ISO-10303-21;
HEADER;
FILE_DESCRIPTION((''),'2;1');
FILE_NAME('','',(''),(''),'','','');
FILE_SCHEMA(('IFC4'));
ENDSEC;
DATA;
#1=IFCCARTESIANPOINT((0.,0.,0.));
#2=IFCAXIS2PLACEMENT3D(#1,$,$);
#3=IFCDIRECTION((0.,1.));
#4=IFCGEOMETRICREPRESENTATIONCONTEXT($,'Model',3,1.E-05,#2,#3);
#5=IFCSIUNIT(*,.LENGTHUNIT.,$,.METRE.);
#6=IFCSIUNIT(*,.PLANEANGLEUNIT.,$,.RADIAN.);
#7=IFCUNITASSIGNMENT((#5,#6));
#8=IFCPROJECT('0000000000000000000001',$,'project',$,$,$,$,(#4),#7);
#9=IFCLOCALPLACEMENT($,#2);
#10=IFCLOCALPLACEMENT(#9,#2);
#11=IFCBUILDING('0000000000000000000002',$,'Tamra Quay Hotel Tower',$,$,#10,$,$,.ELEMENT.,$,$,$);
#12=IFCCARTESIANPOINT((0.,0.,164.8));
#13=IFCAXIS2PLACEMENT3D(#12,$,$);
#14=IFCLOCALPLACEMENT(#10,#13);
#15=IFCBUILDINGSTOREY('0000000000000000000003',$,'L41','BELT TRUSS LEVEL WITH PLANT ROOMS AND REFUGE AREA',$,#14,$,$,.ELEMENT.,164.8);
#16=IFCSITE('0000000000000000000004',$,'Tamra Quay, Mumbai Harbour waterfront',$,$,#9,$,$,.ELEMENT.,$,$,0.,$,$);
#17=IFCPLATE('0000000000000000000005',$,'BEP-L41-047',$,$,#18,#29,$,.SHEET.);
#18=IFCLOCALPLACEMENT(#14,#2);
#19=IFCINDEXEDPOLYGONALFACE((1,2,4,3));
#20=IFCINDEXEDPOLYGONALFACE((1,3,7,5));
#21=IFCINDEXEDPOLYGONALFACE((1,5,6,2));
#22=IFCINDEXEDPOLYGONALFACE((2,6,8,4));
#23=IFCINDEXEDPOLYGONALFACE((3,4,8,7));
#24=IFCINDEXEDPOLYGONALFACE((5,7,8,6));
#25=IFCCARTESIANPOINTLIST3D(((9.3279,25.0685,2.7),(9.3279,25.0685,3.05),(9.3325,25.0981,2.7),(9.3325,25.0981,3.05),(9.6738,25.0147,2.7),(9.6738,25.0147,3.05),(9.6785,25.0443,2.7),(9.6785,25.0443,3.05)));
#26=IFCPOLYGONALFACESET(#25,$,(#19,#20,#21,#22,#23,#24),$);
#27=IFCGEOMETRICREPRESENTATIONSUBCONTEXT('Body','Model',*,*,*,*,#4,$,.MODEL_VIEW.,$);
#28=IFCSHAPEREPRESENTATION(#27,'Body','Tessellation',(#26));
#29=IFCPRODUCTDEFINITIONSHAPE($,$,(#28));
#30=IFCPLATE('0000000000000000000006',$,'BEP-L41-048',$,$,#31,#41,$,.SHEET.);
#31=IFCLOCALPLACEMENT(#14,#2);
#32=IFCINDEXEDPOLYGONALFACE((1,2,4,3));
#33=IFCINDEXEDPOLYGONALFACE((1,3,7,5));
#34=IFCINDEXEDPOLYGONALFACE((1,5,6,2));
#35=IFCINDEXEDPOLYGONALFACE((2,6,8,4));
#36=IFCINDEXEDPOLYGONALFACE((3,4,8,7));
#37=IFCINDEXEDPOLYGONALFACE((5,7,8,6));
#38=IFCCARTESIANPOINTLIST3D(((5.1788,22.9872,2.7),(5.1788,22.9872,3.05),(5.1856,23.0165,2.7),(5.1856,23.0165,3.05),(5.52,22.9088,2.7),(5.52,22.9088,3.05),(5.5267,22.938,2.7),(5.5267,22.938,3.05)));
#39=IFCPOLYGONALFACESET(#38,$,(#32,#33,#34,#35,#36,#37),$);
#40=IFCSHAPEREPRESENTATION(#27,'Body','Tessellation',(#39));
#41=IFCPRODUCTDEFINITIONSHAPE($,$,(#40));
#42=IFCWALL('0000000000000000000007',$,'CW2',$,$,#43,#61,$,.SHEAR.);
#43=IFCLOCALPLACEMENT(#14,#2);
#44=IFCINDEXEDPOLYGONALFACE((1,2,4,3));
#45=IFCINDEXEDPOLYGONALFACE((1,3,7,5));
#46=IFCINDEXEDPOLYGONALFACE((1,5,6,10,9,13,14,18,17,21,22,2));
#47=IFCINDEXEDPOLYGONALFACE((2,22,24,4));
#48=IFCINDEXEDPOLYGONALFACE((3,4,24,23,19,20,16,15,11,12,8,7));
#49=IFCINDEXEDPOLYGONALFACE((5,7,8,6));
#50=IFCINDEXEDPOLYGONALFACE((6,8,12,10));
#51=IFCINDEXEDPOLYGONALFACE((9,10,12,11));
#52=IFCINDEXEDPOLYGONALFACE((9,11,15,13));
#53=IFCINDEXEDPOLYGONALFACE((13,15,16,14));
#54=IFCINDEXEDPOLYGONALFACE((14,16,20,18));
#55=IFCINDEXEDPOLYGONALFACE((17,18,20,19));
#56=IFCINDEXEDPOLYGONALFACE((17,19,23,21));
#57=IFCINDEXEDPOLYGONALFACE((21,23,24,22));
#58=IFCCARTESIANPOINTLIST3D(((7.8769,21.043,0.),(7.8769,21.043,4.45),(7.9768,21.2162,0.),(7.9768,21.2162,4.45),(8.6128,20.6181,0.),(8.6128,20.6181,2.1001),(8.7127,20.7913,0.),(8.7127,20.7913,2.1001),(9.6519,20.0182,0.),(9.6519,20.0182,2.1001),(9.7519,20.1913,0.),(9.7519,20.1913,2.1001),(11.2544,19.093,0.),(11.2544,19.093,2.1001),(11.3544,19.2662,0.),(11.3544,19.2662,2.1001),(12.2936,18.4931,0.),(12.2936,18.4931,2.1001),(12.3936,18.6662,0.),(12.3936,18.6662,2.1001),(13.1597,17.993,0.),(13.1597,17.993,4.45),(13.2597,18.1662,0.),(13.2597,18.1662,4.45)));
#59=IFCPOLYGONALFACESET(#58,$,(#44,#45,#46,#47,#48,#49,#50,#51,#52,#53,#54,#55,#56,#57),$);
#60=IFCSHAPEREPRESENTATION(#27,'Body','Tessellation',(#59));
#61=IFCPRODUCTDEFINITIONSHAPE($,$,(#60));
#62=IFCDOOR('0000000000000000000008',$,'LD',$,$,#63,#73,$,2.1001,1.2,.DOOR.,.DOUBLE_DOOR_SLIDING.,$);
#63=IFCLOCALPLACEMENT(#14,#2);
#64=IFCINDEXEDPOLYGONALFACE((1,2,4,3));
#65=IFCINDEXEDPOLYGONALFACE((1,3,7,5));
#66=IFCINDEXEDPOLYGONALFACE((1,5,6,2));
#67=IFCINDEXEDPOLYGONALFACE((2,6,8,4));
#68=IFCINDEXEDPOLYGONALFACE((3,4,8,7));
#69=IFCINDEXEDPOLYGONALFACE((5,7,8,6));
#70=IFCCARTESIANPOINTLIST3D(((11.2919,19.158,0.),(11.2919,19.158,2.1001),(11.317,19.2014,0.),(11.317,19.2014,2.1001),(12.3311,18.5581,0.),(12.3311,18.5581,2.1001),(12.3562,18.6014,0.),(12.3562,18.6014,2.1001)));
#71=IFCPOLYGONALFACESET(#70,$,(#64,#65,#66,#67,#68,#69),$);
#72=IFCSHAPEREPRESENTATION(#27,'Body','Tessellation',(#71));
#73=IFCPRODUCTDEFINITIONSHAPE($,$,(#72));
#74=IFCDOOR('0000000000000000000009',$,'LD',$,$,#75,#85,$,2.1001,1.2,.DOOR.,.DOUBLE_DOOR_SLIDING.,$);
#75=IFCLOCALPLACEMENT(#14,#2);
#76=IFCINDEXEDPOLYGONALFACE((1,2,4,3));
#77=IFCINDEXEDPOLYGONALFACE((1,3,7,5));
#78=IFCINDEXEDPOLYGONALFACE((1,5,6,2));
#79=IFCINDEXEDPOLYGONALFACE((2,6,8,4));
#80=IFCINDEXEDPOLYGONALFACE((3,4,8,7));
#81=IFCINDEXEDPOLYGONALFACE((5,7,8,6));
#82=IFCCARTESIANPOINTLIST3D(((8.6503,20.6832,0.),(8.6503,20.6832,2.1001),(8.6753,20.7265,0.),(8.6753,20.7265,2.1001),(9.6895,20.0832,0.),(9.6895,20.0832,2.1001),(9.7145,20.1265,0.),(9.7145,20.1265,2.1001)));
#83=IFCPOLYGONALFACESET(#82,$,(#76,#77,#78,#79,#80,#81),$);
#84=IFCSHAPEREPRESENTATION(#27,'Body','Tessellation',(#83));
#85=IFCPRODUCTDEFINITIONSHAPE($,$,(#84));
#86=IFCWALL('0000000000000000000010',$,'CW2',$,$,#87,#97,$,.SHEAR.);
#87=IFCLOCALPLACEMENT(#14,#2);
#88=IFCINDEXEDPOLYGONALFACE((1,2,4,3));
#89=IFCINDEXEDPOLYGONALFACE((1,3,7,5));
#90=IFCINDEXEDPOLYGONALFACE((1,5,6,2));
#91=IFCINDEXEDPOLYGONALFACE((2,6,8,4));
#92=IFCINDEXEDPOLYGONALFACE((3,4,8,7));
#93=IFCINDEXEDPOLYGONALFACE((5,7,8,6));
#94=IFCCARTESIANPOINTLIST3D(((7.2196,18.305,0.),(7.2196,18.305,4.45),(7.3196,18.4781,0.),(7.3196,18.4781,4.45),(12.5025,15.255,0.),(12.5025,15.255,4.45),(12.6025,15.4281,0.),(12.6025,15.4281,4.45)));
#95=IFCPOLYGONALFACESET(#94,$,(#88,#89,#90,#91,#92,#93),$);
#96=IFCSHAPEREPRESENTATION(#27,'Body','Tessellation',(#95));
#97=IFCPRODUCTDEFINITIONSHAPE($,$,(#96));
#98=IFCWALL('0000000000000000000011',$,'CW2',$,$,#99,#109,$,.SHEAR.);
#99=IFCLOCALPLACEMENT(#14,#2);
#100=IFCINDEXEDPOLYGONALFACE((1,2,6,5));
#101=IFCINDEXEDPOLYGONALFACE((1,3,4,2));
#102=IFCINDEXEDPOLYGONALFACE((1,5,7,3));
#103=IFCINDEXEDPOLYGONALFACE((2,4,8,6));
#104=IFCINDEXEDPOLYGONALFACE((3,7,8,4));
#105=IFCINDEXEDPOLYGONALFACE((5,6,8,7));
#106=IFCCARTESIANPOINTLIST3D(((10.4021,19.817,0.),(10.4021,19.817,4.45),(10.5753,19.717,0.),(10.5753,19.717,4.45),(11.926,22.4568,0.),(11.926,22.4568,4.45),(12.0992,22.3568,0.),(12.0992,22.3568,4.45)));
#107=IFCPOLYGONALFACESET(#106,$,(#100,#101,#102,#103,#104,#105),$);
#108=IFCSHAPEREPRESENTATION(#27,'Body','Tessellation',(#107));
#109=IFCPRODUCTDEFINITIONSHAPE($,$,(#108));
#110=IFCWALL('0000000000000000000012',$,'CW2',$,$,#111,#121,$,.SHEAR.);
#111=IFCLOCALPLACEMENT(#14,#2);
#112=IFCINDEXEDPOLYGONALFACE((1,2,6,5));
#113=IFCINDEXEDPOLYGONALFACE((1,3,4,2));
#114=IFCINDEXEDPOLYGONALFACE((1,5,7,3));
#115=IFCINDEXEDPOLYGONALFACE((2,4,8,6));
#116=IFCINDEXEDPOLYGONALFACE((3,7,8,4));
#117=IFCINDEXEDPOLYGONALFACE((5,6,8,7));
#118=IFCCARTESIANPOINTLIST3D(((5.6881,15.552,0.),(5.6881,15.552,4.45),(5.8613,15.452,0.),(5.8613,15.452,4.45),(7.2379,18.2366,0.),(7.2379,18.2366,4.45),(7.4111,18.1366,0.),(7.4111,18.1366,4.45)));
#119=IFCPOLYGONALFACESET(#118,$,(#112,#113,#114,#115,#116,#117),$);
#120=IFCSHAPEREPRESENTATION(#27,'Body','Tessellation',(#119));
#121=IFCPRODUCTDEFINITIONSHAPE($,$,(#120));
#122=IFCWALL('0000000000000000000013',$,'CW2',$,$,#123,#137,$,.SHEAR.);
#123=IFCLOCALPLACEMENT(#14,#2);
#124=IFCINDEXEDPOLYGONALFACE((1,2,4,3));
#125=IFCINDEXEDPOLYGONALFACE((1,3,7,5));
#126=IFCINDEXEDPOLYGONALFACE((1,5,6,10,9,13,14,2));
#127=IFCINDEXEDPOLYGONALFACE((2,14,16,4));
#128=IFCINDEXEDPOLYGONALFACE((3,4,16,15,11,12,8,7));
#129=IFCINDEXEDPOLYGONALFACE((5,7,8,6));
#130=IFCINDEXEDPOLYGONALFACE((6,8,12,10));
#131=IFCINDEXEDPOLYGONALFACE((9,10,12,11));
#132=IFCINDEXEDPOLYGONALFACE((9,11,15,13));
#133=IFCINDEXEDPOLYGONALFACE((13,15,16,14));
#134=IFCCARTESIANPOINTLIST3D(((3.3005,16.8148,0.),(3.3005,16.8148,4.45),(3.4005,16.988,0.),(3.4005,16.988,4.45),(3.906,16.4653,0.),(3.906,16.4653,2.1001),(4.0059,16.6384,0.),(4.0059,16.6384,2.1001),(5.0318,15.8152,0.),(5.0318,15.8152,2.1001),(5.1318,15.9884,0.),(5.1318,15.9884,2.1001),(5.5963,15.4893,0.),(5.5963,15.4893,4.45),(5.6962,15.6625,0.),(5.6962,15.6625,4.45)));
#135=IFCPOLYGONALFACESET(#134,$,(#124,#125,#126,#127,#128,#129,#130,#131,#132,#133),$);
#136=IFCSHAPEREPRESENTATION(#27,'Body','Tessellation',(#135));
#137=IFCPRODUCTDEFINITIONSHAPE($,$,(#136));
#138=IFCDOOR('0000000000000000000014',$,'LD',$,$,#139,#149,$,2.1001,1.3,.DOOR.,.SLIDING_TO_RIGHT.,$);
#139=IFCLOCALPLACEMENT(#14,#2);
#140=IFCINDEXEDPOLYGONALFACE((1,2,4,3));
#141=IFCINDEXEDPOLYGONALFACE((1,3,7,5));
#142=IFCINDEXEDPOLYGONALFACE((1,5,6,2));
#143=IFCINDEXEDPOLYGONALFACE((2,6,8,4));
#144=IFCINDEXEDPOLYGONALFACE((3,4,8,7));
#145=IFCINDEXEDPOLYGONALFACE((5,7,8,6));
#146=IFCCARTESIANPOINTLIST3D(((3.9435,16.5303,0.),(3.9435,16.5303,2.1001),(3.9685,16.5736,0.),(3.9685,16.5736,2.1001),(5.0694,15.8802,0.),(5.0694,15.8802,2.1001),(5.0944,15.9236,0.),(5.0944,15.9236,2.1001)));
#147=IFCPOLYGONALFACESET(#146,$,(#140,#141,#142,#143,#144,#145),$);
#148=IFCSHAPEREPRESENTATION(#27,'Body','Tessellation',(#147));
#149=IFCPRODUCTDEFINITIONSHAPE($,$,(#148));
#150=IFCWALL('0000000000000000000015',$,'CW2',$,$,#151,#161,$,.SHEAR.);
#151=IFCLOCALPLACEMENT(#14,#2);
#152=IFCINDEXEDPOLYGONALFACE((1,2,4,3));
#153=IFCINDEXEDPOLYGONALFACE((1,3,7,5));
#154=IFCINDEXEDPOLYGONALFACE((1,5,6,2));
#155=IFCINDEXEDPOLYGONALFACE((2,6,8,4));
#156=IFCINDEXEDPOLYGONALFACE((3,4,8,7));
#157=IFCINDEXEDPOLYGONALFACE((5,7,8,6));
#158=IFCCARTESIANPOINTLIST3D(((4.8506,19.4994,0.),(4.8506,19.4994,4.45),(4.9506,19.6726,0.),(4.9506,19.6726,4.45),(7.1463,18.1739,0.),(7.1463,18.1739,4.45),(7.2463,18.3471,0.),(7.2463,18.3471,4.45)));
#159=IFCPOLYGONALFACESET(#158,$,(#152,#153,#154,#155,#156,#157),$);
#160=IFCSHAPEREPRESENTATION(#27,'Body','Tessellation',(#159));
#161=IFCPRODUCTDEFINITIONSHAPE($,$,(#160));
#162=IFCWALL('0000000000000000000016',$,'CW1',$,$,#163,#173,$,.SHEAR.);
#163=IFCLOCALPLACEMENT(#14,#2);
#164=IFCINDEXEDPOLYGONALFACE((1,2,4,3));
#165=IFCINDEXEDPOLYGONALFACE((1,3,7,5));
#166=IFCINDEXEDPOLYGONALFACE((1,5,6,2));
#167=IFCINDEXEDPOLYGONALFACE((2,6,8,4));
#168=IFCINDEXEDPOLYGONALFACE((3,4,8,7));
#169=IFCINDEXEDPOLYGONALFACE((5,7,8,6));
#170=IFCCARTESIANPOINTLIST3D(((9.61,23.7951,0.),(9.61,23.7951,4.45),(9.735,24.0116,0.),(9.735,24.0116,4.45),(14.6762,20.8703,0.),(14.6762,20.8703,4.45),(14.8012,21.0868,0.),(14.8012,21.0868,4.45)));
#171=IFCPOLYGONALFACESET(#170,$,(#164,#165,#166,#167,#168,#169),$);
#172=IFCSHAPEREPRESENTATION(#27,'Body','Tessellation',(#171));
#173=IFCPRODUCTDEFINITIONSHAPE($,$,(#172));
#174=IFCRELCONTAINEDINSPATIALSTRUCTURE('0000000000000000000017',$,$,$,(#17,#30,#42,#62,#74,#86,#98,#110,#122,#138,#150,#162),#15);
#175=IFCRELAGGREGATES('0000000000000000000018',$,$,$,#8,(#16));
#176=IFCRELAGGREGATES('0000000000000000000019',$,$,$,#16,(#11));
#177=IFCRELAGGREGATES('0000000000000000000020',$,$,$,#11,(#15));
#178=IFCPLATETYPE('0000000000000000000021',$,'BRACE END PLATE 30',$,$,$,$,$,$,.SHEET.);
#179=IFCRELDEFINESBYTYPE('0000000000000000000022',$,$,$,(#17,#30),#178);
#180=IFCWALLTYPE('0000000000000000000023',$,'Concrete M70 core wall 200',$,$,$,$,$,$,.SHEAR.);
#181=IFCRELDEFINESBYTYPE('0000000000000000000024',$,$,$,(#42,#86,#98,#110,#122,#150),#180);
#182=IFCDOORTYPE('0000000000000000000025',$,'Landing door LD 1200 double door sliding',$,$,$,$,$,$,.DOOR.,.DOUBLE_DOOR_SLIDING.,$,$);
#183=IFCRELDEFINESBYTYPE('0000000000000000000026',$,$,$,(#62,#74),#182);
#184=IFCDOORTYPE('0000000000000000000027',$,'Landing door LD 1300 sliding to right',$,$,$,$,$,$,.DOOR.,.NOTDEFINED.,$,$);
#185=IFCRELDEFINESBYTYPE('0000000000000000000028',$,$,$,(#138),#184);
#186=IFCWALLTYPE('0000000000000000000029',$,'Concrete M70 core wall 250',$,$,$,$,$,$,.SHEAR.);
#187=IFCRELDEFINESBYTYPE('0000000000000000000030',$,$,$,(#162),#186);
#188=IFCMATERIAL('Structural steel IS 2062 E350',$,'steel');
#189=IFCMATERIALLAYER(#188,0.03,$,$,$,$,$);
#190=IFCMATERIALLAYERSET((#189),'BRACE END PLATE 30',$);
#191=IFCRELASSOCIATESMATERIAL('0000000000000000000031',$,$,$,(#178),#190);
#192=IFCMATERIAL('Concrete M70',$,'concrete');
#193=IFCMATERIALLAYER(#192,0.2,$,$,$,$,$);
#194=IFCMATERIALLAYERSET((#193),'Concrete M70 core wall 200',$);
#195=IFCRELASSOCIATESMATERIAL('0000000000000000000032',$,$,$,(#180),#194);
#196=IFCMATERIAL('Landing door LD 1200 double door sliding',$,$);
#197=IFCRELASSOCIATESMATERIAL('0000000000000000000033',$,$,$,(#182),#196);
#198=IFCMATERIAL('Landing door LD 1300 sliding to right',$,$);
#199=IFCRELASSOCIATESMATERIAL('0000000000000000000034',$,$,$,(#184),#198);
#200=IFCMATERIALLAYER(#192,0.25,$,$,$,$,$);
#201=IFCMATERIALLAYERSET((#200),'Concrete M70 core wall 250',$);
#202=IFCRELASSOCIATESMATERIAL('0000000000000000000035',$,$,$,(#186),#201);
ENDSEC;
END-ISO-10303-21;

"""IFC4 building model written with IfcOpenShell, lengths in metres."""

from ifc_helpers import new_model, si_unit, direction, frame, frame_2d, origin, origin_2d, place, context, subcontext, project, spatial, rectangle, extrude, material, layer, layer_set, type_object, element, fill, save


model = new_model("IFC4")

# Units and contexts
model_context = context("Model", 3, precision=1e-05, world=origin(), true_north=direction((0.0, 1.0)))
body_context = subcontext(model_context, "Body", "Model", "MODEL_VIEW")
ifc_project = project(units=[si_unit("LENGTHUNIT", "METRE"), si_unit("PLANEANGLEUNIT", "RADIAN")], contexts=[model_context])

# Site, building, storey
site_placement = place(None, origin())
site = spatial("IfcSite", under=ifc_project, at=site_placement, Name="Tamra Quay, Mumbai Harbour waterfront", CompositionType="ELEMENT", RefElevation=0.0)
building_placement = place(site_placement, origin())
building = spatial("IfcBuilding", under=site, at=building_placement, Name="Tamra Quay Hotel Tower", CompositionType="ELEMENT")
storey_placement = place(building_placement, frame((0.0, 0.0, 164.8)))
storey = spatial("IfcBuildingStorey", under=building, at=storey_placement, Name="L41", Description="BELT TRUSS LEVEL WITH PLANT ROOMS AND REFUGE AREA", CompositionType="ELEMENT", Elevation=164.8)

# Shared definitions
ifc_material_1 = material(Name="Structural steel IS 2062 E350", Category="steel")

# Plates
ifc_layer_1 = layer(ifc_material_1, 0.03)
ifc_layer_set_1 = layer_set([ifc_layer_1], Name="BRACE END PLATE 30")
plate_type = type_object("IfcPlateType", Name="BRACE END PLATE 30", PredefinedType="SHEET", material=ifc_layer_set_1)
for number, where, z_axis, x_axis, name in (
    (1, (9.5032, 25.0564, 2.7), (0.0, 0.0, 1.0), (0.153714, 0.988115, 0.0), "BEP-L41-047"),
    (2, (5.3528, 22.9626, 2.7), (0.0, 0.0, 1.0), (0.224143, 0.974556, 0.0), "BEP-L41-048"),
):
    element("IfcPlate", number, at=place(storey_placement, frame(where, z_axis=z_axis, x_axis=x_axis)), inside=storey, type_object=plate_type, Name=name, PredefinedType="SHEET", context=body_context, shape_type="SweptSolid", body=[
        extrude(rectangle(XDim=0.03, YDim=0.3501, at=origin_2d()), origin(), (0.0, 0.0, 1.0), 0.3501),
    ])

# Wall, openings, doors
ifc_material_2 = material(Name="Concrete M70", Category="concrete")
ifc_layer_2 = layer(ifc_material_2, 0.2)
ifc_layer_set_2 = layer_set([ifc_layer_2], Name="Concrete M70 core wall 200")
wall_type_1 = type_object("IfcWallType", Name="Concrete M70 core wall 200", PredefinedType="SHEAR", material=ifc_layer_set_2)
wall_1_placement = place(storey_placement, frame((13.2097, 18.0796, 0.0), z_axis=(0.0, 0.0, 1.0), x_axis=(-0.86603, 0.499992, 0.0)))
wall_1 = element("IfcWall", 3, at=wall_1_placement, inside=storey, type_object=wall_type_1, Name="CW2", PredefinedType="SHEAR", context=body_context, shape_type="SweptSolid", body=[
    extrude(rectangle(XDim=6.1001, YDim=0.2, at=frame_2d((3.05, 0.0))), origin(), (0.0, 0.0, 1.0), 4.45),
])
opening_1_placement = place(wall_1_placement, frame((1.0, 0.0, 0.0)))
opening_1 = element("IfcOpeningElement", 4, at=opening_1_placement, cuts=wall_1, PredefinedType="OPENING", context=body_context, shape_type="SweptSolid", body=[
    extrude(rectangle(XDim=1.2, YDim=2.1001, at=frame_2d((0.6001, 1.05))), frame((0.0, 0.1099, 0.0), z_axis=(0.0, -1.0, 0.0), x_axis=(1.0, 0.0, 0.0)), (0.0, 0.0, 1.0), 0.22),
])
opening_2_placement = place(wall_1_placement, frame((4.0503, 0.0, 0.0)))
opening_2 = element("IfcOpeningElement", 5, at=opening_2_placement, cuts=wall_1, PredefinedType="OPENING", context=body_context, shape_type="SweptSolid", body=[
    extrude(rectangle(XDim=1.2, YDim=2.1001, at=frame_2d((0.6001, 1.05))), frame((0.0, 0.1099, 0.0), z_axis=(0.0, -1.0, 0.0), x_axis=(1.0, 0.0, 0.0)), (0.0, 0.0, 1.0), 0.22),
])
ifc_material_3 = material(Name="Landing door LD 1200 double door sliding")
door_type_1 = type_object("IfcDoorType", Name="Landing door LD 1200 double door sliding", OperationType="DOUBLE_DOOR_SLIDING", PredefinedType="DOOR", material=ifc_material_3)
door_1_placement = place(opening_1_placement, origin())
door_1 = element("IfcDoor", 6, at=door_1_placement, inside=storey, type_object=door_type_1, Name="LD", OperationType="DOUBLE_DOOR_SLIDING", OverallHeight=2.1001, OverallWidth=1.2, PredefinedType="DOOR", context=body_context, shape_type="SweptSolid", body=[
    extrude(rectangle(XDim=1.2, YDim=2.1001, at=frame_2d((0.6001, 1.05))), frame((0.0, 0.0249, 0.0), z_axis=(0.0, -1.0, 0.0), x_axis=(1.0, 0.0, 0.0)), (0.0, 0.0, 1.0), 0.05),
])
fill(opening_1, door_1)
door_2_placement = place(opening_2_placement, origin())
door_2 = element("IfcDoor", 7, at=door_2_placement, inside=storey, type_object=door_type_1, Name="LD", OperationType="DOUBLE_DOOR_SLIDING", OverallHeight=2.1001, OverallWidth=1.2, PredefinedType="DOOR", context=body_context, shape_type="SweptSolid", body=[
    extrude(rectangle(XDim=1.2, YDim=2.1001, at=frame_2d((0.6001, 1.05))), frame((0.0, 0.0249, 0.0), z_axis=(0.0, -1.0, 0.0), x_axis=(1.0, 0.0, 0.0)), (0.0, 0.0, 1.0), 0.05),
])
fill(opening_2, door_2)

# Walls
wall_2_placement = place(storey_placement, frame((12.5525, 15.3416, 0.0), z_axis=(0.0, 0.0, 1.0), x_axis=(-0.86603, 0.499992, 0.0)))
element("IfcWall", 8, at=wall_2_placement, inside=storey, type_object=wall_type_1, Name="CW2", PredefinedType="SHEAR", context=body_context, shape_type="SweptSolid", body=[
    extrude(rectangle(XDim=6.1001, YDim=0.2, at=frame_2d((3.05, 0.0))), origin(), (0.0, 0.0, 1.0), 4.45),
])
wall_3_placement = place(storey_placement, frame((10.4888, 19.7671, 0.0), z_axis=(0.0, 0.0, 1.0), x_axis=(0.499947, 0.866056, 0.0)))
element("IfcWall", 9, at=wall_3_placement, inside=storey, type_object=wall_type_1, Name="CW2", PredefinedType="SHEAR", context=body_context, shape_type="SweptSolid", body=[
    extrude(rectangle(XDim=3.0481, YDim=0.2, at=frame_2d((1.5239, 0.0))), origin(), (0.0, 0.0, 1.0), 4.45),
])
wall_4_placement = place(storey_placement, frame((7.3245, 18.1865, 0.0), z_axis=(0.0, 0.0, 1.0), x_axis=(-0.499968, -0.866044, 0.0)))
element("IfcWall", 10, at=wall_4_placement, inside=storey, type_object=wall_type_1, Name="CW2", PredefinedType="SHEAR", context=body_context, shape_type="SweptSolid", body=[
    extrude(rectangle(XDim=3.0999, YDim=0.2, at=frame_2d((1.5498, 0.0))), origin(), (0.0, 0.0, 1.0), 4.45),
])

# Wall, opening, door
wall_5_placement = place(storey_placement, frame((5.6462, 15.5759, 0.0), z_axis=(0.0, 0.0, 1.0), x_axis=(-0.866018, 0.500012, 0.0)))
wall_5 = element("IfcWall", 11, at=wall_5_placement, inside=storey, type_object=wall_type_1, Name="CW2", PredefinedType="SHEAR", context=body_context, shape_type="SweptSolid", body=[
    extrude(rectangle(XDim=2.6509, YDim=0.2, at=frame_2d((1.3254, 0.0))), origin(), (0.0, 0.0, 1.0), 4.45),
])
opening_3_placement = place(wall_5_placement, frame((0.6519, 0.0, 0.0)))
opening_3 = element("IfcOpeningElement", 12, at=opening_3_placement, cuts=wall_5, PredefinedType="OPENING", context=body_context, shape_type="SweptSolid", body=[
    extrude(rectangle(XDim=1.3, YDim=2.1001, at=frame_2d((0.6499, 1.05))), frame((0.0, 0.1099, 0.0), z_axis=(0.0, -1.0, 0.0), x_axis=(1.0, 0.0, 0.0)), (0.0, 0.0, 1.0), 0.22),
])
ifc_material_4 = material(Name="Landing door LD 1300 sliding to right")
door_type_2 = type_object("IfcDoorType", Name="Landing door LD 1300 sliding to right", OperationType="NOTDEFINED", PredefinedType="DOOR", material=ifc_material_4)
door_3_placement = place(opening_3_placement, origin())
door_3 = element("IfcDoor", 13, at=door_3_placement, inside=storey, type_object=door_type_2, Name="LD", OperationType="SLIDING_TO_RIGHT", OverallHeight=2.1001, OverallWidth=1.3, PredefinedType="DOOR", context=body_context, shape_type="SweptSolid", body=[
    extrude(rectangle(XDim=1.3, YDim=2.1001, at=frame_2d((0.6499, 1.05))), frame((0.0, 0.0249, 0.0), z_axis=(0.0, -1.0, 0.0), x_axis=(1.0, 0.0, 0.0)), (0.0, 0.0, 1.0), 0.05),
])
fill(opening_3, door_3)

# Walls
wall_6_placement = place(storey_placement, frame((7.1963, 18.2605, 0.0), z_axis=(0.0, 0.0, 1.0), x_axis=(-0.866018, 0.500012, 0.0)))
element("IfcWall", 14, at=wall_6_placement, inside=storey, type_object=wall_type_1, Name="CW2", PredefinedType="SHEAR", context=body_context, shape_type="SweptSolid", body=[
    extrude(rectangle(XDim=2.6509, YDim=0.2, at=frame_2d((1.3254, 0.0))), origin(), (0.0, 0.0, 1.0), 4.45),
])
ifc_layer_3 = layer(ifc_material_2, 0.25)
ifc_layer_set_3 = layer_set([ifc_layer_3], Name="Concrete M70 core wall 250")
wall_type_2 = type_object("IfcWallType", Name="Concrete M70 core wall 250", PredefinedType="SHEAR", material=ifc_layer_set_3)
wall_7_placement = place(storey_placement, frame((9.6726, 23.9033, 0.0), z_axis=(0.0, 0.0, 1.0), x_axis=(0.866036, -0.499981, 0.0)))
element("IfcWall", 15, at=wall_7_placement, inside=storey, type_object=wall_type_2, Name="CW1", PredefinedType="SHEAR", context=body_context, shape_type="SweptSolid", body=[
    extrude(rectangle(XDim=5.8499, YDim=0.25, at=frame_2d((2.9248, 0.0))), origin(), (0.0, 0.0, 1.0), 4.45),
])

save(model, "model.ifc")
